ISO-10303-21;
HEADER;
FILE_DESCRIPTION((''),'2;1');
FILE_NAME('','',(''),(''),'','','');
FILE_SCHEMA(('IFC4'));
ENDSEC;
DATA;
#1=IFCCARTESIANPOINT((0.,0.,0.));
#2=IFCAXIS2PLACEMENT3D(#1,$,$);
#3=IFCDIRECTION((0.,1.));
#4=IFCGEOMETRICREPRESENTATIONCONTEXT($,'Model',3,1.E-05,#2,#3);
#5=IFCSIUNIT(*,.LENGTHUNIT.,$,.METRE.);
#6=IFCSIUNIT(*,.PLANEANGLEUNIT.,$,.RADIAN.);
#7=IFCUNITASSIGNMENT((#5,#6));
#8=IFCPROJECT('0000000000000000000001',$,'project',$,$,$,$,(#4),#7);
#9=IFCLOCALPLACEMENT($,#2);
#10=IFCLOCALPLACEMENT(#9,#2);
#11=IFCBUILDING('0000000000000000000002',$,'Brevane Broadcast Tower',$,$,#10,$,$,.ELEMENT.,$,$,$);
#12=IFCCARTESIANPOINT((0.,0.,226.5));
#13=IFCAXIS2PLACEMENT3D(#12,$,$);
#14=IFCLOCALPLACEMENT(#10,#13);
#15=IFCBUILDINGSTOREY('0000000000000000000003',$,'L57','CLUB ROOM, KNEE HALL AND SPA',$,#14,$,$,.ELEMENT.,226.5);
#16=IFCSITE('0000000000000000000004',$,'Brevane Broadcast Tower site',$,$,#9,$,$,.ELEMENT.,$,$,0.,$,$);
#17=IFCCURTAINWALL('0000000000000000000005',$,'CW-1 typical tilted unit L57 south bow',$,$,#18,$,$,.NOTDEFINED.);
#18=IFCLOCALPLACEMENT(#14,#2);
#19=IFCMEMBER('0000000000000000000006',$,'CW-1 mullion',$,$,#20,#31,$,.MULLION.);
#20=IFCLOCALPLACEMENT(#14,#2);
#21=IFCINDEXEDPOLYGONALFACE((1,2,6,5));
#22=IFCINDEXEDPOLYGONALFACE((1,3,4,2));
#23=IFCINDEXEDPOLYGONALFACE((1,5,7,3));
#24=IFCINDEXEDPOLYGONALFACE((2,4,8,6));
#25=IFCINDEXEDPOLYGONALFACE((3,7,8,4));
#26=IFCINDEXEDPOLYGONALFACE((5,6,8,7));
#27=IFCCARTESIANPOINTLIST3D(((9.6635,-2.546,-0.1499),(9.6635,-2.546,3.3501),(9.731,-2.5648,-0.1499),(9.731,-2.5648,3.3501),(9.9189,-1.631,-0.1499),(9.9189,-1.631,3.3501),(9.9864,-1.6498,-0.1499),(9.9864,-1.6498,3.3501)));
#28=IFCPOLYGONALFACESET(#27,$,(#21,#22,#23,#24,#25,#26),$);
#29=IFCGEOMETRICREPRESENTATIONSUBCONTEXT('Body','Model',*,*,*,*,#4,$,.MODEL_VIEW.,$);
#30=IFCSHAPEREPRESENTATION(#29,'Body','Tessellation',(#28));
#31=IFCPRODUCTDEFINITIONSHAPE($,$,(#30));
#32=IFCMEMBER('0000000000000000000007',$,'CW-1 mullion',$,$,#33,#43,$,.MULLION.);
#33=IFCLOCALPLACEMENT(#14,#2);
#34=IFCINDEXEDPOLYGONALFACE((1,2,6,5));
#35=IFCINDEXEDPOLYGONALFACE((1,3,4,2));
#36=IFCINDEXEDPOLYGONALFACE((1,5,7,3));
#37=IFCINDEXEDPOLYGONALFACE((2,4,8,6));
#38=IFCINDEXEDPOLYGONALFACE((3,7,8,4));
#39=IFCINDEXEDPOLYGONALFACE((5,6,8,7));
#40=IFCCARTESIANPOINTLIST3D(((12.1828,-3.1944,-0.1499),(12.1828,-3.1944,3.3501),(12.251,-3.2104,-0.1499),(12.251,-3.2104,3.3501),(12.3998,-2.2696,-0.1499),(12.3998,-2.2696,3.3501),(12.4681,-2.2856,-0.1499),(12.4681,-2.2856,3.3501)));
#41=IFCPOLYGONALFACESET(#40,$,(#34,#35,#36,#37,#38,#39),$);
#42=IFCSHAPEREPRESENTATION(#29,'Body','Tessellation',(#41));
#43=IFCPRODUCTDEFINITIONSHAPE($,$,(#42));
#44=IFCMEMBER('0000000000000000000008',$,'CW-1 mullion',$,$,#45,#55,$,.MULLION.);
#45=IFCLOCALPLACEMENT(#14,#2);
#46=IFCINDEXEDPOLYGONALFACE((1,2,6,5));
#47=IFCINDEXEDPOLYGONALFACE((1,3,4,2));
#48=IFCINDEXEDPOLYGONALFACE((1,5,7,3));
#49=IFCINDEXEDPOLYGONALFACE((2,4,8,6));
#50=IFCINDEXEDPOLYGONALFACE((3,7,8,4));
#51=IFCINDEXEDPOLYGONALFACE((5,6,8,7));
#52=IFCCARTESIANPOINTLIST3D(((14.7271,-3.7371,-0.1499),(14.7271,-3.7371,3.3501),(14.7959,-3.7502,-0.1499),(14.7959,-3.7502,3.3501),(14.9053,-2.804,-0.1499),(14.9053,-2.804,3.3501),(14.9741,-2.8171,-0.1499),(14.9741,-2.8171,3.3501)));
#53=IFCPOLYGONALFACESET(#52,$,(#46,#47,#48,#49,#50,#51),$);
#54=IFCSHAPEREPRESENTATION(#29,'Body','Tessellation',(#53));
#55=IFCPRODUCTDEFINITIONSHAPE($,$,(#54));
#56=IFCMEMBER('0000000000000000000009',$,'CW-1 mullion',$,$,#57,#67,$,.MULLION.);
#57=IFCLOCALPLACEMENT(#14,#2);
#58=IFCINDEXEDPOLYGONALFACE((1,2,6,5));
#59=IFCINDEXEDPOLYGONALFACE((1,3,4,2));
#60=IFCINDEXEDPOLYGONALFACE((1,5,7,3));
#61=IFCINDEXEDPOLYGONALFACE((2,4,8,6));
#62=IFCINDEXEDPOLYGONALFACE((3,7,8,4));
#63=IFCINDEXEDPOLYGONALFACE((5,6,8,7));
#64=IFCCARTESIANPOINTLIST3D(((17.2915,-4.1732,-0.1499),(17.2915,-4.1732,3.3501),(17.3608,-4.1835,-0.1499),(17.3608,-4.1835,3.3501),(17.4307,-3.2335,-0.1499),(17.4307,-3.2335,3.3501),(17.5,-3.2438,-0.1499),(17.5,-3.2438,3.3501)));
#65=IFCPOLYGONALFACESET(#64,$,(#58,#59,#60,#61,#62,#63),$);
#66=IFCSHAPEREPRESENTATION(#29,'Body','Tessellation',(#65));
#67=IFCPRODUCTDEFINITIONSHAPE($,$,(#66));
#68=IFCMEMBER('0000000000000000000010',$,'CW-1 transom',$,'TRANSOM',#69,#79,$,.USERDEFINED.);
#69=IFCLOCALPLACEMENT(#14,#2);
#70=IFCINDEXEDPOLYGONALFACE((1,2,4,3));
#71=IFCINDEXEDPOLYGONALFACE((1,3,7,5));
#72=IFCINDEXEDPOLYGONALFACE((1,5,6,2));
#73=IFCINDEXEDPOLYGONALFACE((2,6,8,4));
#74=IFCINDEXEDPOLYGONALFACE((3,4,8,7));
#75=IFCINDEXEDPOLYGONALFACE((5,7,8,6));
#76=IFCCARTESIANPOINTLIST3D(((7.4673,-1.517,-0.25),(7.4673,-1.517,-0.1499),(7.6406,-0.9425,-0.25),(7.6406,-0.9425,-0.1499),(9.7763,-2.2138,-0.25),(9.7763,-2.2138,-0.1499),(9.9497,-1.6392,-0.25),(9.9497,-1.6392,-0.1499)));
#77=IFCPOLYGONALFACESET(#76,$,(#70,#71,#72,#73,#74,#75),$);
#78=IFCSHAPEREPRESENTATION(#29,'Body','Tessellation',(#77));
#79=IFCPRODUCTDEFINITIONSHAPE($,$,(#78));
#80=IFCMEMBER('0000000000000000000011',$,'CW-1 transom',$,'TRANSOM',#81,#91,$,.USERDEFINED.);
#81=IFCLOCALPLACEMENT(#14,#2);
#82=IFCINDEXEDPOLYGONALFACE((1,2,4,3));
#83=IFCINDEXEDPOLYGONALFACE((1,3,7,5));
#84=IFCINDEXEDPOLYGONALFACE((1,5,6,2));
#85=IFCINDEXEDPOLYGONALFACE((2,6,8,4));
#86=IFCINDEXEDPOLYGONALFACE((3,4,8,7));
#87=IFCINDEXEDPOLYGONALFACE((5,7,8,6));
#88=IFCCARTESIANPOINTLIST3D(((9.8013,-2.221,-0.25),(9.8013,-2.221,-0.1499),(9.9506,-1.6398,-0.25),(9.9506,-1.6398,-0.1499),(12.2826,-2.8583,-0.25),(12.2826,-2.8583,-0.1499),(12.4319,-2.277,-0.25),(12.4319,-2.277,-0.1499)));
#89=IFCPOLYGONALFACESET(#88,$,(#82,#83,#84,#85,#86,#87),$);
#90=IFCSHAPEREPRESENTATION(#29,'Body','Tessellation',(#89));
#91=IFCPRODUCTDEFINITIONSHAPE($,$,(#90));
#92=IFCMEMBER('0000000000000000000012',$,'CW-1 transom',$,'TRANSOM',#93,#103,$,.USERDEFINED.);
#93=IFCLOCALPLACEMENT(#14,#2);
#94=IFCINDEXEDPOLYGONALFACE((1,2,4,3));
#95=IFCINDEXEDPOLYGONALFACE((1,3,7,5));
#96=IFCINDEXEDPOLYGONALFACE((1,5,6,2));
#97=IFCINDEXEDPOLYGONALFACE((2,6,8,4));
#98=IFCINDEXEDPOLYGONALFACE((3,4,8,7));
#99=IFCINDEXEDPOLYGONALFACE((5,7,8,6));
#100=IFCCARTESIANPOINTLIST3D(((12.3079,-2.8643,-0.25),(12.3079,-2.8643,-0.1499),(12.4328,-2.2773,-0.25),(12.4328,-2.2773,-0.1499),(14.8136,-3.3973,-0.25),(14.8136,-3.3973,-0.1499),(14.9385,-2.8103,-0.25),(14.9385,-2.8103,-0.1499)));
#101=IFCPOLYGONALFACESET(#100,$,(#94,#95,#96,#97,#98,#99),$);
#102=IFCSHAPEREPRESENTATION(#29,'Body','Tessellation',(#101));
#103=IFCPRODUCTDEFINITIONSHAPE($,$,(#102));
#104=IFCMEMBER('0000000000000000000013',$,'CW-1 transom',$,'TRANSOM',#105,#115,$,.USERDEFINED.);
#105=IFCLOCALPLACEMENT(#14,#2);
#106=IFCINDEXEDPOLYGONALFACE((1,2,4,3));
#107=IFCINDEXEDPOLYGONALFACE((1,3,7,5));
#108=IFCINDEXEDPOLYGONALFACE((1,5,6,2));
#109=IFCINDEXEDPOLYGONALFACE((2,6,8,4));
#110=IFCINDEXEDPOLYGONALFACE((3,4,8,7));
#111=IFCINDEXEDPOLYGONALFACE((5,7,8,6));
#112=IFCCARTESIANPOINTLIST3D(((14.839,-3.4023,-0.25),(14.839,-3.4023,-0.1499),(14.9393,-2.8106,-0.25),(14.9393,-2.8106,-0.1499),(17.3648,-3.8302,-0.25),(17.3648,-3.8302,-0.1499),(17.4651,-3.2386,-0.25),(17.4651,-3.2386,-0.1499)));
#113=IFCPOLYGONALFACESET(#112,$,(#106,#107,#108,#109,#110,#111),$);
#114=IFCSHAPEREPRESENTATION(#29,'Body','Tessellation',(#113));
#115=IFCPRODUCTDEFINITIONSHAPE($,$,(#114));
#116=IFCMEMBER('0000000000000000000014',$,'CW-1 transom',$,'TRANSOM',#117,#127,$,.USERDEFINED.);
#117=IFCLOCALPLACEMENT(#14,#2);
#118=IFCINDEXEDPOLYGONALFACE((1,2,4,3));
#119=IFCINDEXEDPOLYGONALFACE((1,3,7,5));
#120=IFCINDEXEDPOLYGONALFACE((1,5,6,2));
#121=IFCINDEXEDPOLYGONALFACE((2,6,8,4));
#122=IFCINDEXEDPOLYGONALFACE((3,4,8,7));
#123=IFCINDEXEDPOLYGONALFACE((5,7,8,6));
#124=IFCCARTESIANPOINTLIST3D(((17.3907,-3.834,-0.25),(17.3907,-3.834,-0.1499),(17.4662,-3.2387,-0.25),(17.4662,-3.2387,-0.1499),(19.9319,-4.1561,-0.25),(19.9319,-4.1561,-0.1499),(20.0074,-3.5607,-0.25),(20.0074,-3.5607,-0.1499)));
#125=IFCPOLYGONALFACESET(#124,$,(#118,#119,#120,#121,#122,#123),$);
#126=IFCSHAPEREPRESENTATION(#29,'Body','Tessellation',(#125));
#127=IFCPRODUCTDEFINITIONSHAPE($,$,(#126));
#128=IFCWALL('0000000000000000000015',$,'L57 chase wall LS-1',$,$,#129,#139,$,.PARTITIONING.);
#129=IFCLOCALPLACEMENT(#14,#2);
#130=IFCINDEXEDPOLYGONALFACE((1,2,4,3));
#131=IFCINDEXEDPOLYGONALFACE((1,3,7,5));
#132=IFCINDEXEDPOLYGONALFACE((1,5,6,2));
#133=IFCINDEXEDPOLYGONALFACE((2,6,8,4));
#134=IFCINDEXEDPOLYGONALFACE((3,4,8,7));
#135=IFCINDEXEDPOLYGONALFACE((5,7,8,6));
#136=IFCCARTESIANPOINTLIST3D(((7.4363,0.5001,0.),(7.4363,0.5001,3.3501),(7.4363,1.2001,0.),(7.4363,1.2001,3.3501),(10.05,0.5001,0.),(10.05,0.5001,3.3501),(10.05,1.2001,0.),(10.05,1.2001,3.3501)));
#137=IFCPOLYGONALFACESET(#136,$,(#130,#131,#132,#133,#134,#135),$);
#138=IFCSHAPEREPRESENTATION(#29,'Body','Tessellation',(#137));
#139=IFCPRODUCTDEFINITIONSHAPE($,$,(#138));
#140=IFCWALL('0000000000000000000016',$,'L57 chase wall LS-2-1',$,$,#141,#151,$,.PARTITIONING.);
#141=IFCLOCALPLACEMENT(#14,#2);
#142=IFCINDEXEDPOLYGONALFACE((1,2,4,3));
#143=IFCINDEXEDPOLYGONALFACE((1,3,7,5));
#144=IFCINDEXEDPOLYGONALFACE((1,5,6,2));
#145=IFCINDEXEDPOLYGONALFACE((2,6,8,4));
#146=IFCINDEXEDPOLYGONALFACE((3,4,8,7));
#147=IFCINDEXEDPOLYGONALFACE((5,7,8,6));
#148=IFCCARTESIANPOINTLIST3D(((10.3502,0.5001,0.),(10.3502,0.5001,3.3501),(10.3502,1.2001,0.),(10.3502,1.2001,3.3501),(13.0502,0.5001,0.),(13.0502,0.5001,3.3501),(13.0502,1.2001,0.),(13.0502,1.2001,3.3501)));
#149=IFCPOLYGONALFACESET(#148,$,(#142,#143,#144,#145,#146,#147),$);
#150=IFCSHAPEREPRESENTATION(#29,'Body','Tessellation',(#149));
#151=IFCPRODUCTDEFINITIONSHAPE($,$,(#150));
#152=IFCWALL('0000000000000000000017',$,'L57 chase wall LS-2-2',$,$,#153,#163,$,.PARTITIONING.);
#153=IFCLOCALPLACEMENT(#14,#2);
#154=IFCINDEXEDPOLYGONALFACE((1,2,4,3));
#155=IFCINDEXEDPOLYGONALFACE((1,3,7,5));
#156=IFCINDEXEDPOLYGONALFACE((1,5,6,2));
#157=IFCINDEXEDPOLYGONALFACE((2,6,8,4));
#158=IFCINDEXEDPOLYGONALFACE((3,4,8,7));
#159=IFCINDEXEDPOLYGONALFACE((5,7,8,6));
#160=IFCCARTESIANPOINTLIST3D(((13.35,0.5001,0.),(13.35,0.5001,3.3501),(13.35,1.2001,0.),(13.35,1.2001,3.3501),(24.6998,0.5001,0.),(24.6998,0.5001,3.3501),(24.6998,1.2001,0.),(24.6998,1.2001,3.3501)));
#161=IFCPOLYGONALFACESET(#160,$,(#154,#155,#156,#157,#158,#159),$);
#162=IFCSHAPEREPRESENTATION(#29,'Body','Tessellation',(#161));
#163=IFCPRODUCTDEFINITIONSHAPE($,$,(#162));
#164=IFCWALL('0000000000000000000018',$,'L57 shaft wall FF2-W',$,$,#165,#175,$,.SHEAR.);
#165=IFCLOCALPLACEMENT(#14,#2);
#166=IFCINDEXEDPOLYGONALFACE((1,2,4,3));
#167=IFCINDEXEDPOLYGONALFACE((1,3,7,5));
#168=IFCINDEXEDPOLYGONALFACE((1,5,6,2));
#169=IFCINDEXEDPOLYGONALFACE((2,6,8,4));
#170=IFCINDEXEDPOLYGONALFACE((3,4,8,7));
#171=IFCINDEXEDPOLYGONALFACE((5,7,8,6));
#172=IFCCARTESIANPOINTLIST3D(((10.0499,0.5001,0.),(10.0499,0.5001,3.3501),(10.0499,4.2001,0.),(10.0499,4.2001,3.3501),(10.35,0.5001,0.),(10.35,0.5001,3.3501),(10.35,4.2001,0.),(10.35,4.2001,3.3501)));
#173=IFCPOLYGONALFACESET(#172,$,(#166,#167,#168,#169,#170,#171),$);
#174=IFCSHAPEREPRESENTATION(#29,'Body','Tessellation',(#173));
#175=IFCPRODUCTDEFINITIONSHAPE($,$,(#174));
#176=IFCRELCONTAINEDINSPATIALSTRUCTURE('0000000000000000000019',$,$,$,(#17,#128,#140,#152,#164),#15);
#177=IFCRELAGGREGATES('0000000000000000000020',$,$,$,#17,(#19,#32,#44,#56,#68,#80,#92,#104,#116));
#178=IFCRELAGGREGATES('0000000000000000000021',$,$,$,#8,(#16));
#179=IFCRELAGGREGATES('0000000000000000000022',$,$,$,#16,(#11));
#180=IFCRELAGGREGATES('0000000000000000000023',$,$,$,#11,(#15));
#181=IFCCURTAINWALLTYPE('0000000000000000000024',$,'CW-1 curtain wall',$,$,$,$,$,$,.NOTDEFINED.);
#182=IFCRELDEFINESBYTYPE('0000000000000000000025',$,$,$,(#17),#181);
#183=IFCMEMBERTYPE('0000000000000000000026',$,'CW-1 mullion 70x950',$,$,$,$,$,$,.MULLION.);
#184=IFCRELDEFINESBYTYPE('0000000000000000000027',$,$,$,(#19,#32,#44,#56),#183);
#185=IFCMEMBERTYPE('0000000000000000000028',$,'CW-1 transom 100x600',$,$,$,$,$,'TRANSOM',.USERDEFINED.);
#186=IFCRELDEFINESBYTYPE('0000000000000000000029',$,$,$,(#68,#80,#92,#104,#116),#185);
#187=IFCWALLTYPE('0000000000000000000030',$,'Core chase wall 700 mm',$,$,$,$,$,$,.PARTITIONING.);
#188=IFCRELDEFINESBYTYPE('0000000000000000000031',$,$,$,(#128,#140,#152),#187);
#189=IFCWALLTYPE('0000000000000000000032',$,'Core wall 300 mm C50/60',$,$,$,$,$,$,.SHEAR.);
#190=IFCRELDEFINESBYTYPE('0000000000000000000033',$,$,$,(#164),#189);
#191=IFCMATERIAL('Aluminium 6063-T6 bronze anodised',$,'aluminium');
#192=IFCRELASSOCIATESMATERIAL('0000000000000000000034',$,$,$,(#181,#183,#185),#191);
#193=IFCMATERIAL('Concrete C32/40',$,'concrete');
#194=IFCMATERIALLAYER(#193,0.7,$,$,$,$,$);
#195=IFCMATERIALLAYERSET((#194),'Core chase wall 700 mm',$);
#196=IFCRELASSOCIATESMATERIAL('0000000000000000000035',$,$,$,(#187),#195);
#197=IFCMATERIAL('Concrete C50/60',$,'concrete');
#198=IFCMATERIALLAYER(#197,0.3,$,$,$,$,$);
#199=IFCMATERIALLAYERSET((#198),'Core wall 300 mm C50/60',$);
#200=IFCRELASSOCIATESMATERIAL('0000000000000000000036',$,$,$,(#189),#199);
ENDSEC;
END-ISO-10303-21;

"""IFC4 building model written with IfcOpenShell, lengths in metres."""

from ifc_helpers import new_model, si_unit, direction, frame, frame_2d, origin, origin_2d, place, context, subcontext, project, spatial, rectangle, extrude, material, layer, layer_set, material_profile, profile_set, type_object, element, aggregate, save


model = new_model("IFC4")

# Units and contexts
model_context = context("Model", 3, precision=1e-05, world=origin(), true_north=direction((0.0, 1.0)))
body_context = subcontext(model_context, "Body", "Model", "MODEL_VIEW")
ifc_project = project(units=[si_unit("LENGTHUNIT", "METRE"), si_unit("PLANEANGLEUNIT", "RADIAN")], contexts=[model_context])

# Site, building, storey
site_placement = place(None, origin())
site = spatial("IfcSite", under=ifc_project, at=site_placement, Name="Brevane Broadcast Tower site", CompositionType="ELEMENT", RefElevation=0.0)
building_placement = place(site_placement, origin())
building = spatial("IfcBuilding", under=site, at=building_placement, Name="Brevane Broadcast Tower", CompositionType="ELEMENT")
storey_placement = place(building_placement, frame((0.0, 0.0, 226.5)))
storey = spatial("IfcBuildingStorey", under=building, at=storey_placement, Name="L57", Description="CLUB ROOM, KNEE HALL AND SPA", CompositionType="ELEMENT", Elevation=226.5)

# Curtain wall, members
ifc_material_1 = material(Name="Aluminium 6063-T6 bronze anodised", Category="aluminium")
curtain_wall_type = type_object("IfcCurtainWallType", Name="CW-1 curtain wall", PredefinedType="NOTDEFINED", material=ifc_material_1)
curtain_wall_placement = place(storey_placement, origin())
curtain_wall = element("IfcCurtainWall", 1, at=curtain_wall_placement, inside=storey, type_object=curtain_wall_type, Name="CW-1 typical tilted unit L57 south bow", PredefinedType="NOTDEFINED")
ifc_material_profile_1 = material_profile(ifc_material_1, rectangle(XDim=0.95, YDim=0.0701, at=origin_2d()), Name="RECT 70x950")
ifc_profile_set_1 = profile_set([ifc_material_profile_1], Name="Aluminium 6063-T6 bronze anodised")
member_type_1 = type_object("IfcMemberType", Name="CW-1 mullion 70x950", PredefinedType="MULLION", material=ifc_profile_set_1)
member_1_placement = place(storey_placement, frame((9.825, -2.0979, -0.1499), z_axis=(0.0, 0.0, 1.0), x_axis=(0.268916, 0.963164, 0.0)))
member_1 = element("IfcMember", 2, at=member_1_placement, type_object=member_type_1, Name="CW-1 mullion", PredefinedType="MULLION", context=body_context, shape_type="SweptSolid", body=[
    extrude(rectangle(XDim=0.95, YDim=0.0701, at=origin_2d()), origin(), (0.0, 0.0, 1.0), 3.5),
])
member_2_placement = place(storey_placement, frame((12.3254, -2.74, -0.1499), z_axis=(0.0, 0.0, 1.0), x_axis=(0.228467, 0.973552, 0.0)))
member_2 = element("IfcMember", 3, at=member_2_placement, type_object=member_type_1, Name="CW-1 mullion", PredefinedType="MULLION", context=body_context, shape_type="SweptSolid", body=[
    extrude(rectangle(XDim=0.95, YDim=0.0701, at=origin_2d()), origin(), (0.0, 0.0, 1.0), 3.5),
])
member_3_placement = place(storey_placement, frame((14.8506, -3.2771, -0.1499), z_axis=(0.0, 0.0, 1.0), x_axis=(0.187621, 0.982242, 0.0)))
member_3 = element("IfcMember", 4, at=member_3_placement, type_object=member_type_1, Name="CW-1 mullion", PredefinedType="MULLION", context=body_context, shape_type="SweptSolid", body=[
    extrude(rectangle(XDim=0.95, YDim=0.0701, at=origin_2d()), origin(), (0.0, 0.0, 1.0), 3.5),
])
member_4_placement = place(storey_placement, frame((17.3958, -3.7085, -0.1499), z_axis=(0.0, 0.0, 1.0), x_axis=(0.146447, 0.989218, 0.0)))
member_4 = element("IfcMember", 5, at=member_4_placement, type_object=member_type_1, Name="CW-1 mullion", PredefinedType="MULLION", context=body_context, shape_type="SweptSolid", body=[
    extrude(rectangle(XDim=0.95, YDim=0.0701, at=origin_2d()), origin(), (0.0, 0.0, 1.0), 3.5),
])
ifc_material_profile_2 = material_profile(ifc_material_1, rectangle(XDim=0.6001, YDim=0.1001, at=origin_2d()), Name="RECT 100x600")
ifc_profile_set_2 = profile_set([ifc_material_profile_2], Name="Aluminium 6063-T6 bronze anodised")
member_type_2 = type_object("IfcMemberType", Name="CW-1 transom 100x600", ElementType="TRANSOM", PredefinedType="USERDEFINED", material=ifc_profile_set_2)
member_5_placement = place(storey_placement, frame((7.554, -1.2297, -0.2), z_axis=(0.957363, -0.288889, 0.0), x_axis=(0.288889, 0.957363, 0.0)))
member_5 = element("IfcMember", 6, at=member_5_placement, type_object=member_type_2, Name="CW-1 transom", ObjectType="TRANSOM", PredefinedType="USERDEFINED", context=body_context, shape_type="SweptSolid", body=[
    extrude(rectangle(XDim=0.6001, YDim=0.1001, at=origin_2d()), origin(), (0.0, 0.0, 1.0), 2.4119),
])
member_6_placement = place(storey_placement, frame((9.876, -1.9304, -0.2), z_axis=(0.96857, -0.248742, 0.0), x_axis=(0.248742, 0.96857, 0.0)))
member_6 = element("IfcMember", 7, at=member_6_placement, type_object=member_type_2, Name="CW-1 transom", ObjectType="TRANSOM", PredefinedType="USERDEFINED", context=body_context, shape_type="SweptSolid", body=[
    extrude(rectangle(XDim=0.6001, YDim=0.1001, at=origin_2d()), origin(), (0.0, 0.0, 1.0), 2.5618),
])
member_7_placement = place(storey_placement, frame((12.3704, -2.5708, -0.2), z_axis=(0.978118, -0.208051, 0.0), x_axis=(0.208051, 0.978118, 0.0)))
member_7 = element("IfcMember", 8, at=member_7_placement, type_object=member_type_2, Name="CW-1 transom", ObjectType="TRANSOM", PredefinedType="USERDEFINED", context=body_context, shape_type="SweptSolid", body=[
    extrude(rectangle(XDim=0.6001, YDim=0.1001, at=origin_2d()), origin(), (0.0, 0.0, 1.0), 2.5618),
])
member_8_placement = place(storey_placement, frame((14.8892, -3.1064, -0.2), z_axis=(0.985947, -0.167056, 0.0), x_axis=(0.167056, 0.985947, 0.0)))
member_8 = element("IfcMember", 9, at=member_8_placement, type_object=member_type_2, Name="CW-1 transom", ObjectType="TRANSOM", PredefinedType="USERDEFINED", context=body_context, shape_type="SweptSolid", body=[
    extrude(rectangle(XDim=0.6001, YDim=0.1001, at=origin_2d()), origin(), (0.0, 0.0, 1.0), 2.5618),
])
member_9_placement = place(storey_placement, frame((17.4285, -3.5364, -0.2), z_axis=(0.992067, -0.125712, 0.0), x_axis=(0.125712, 0.992067, 0.0)))
member_9 = element("IfcMember", 10, at=member_9_placement, type_object=member_type_2, Name="CW-1 transom", ObjectType="TRANSOM", PredefinedType="USERDEFINED", context=body_context, shape_type="SweptSolid", body=[
    extrude(rectangle(XDim=0.6001, YDim=0.1001, at=origin_2d()), origin(), (0.0, 0.0, 1.0), 2.5615),
])
aggregate(curtain_wall, [member_1, member_2, member_3, member_4, member_5, member_6, member_7, member_8, member_9])

# Walls
ifc_material_2 = material(Name="Concrete C32/40", Category="concrete")
ifc_layer_1 = layer(ifc_material_2, 0.7)
ifc_layer_set_1 = layer_set([ifc_layer_1], Name="Core chase wall 700 mm")
wall_type_1 = type_object("IfcWallType", Name="Core chase wall 700 mm", PredefinedType="PARTITIONING", material=ifc_layer_set_1)
wall_1_placement = place(storey_placement, frame((7.4363, 0.8501, 0.0), z_axis=(0.0, 0.0, 1.0), x_axis=(1.0, 0.0, 0.0)))
element("IfcWall", 11, at=wall_1_placement, inside=storey, type_object=wall_type_1, Name="L57 chase wall LS-1", PredefinedType="PARTITIONING", context=body_context, shape_type="SweptSolid", body=[
    extrude(rectangle(XDim=2.6138, YDim=0.7, at=frame_2d((1.3069, 0.0))), origin(), (0.0, 0.0, 1.0), 3.3501),
])
wall_2_placement = place(storey_placement, frame((10.3501, 0.8501, 0.0), z_axis=(0.0, 0.0, 1.0), x_axis=(1.0, 0.0, 0.0)))
element("IfcWall", 12, at=wall_2_placement, inside=storey, type_object=wall_type_1, Name="L57 chase wall LS-2-1", PredefinedType="PARTITIONING", context=body_context, shape_type="SweptSolid", body=[
    extrude(rectangle(XDim=2.7, YDim=0.7, at=frame_2d((1.3501, 0.0))), origin(), (0.0, 0.0, 1.0), 3.3501),
])
wall_3_placement = place(storey_placement, frame((13.3501, 0.8501, 0.0), z_axis=(0.0, 0.0, 1.0), x_axis=(1.0, 0.0, 0.0)))
element("IfcWall", 13, at=wall_3_placement, inside=storey, type_object=wall_type_1, Name="L57 chase wall LS-2-2", PredefinedType="PARTITIONING", context=body_context, shape_type="SweptSolid", body=[
    extrude(rectangle(XDim=11.3499, YDim=0.7, at=frame_2d((5.6748, 0.0))), origin(), (0.0, 0.0, 1.0), 3.3501),
])
ifc_material_3 = material(Name="Concrete C50/60", Category="concrete")
ifc_layer_2 = layer(ifc_material_3, 0.3)
ifc_layer_set_2 = layer_set([ifc_layer_2], Name="Core wall 300 mm C50/60")
wall_type_2 = type_object("IfcWallType", Name="Core wall 300 mm C50/60", PredefinedType="SHEAR", material=ifc_layer_set_2)
wall_4_placement = place(storey_placement, frame((10.2, 0.5, 0.0), z_axis=(0.0, 0.0, 1.0), x_axis=(0.0, 1.0, 0.0)))
element("IfcWall", 14, at=wall_4_placement, inside=storey, type_object=wall_type_2, Name="L57 shaft wall FF2-W", PredefinedType="SHEAR", context=body_context, shape_type="SweptSolid", body=[
    extrude(rectangle(XDim=3.7, YDim=0.3, at=frame_2d((1.8501, 0.0))), origin(), (0.0, 0.0, 1.0), 3.3501),
])

save(model, "model.ifc")
